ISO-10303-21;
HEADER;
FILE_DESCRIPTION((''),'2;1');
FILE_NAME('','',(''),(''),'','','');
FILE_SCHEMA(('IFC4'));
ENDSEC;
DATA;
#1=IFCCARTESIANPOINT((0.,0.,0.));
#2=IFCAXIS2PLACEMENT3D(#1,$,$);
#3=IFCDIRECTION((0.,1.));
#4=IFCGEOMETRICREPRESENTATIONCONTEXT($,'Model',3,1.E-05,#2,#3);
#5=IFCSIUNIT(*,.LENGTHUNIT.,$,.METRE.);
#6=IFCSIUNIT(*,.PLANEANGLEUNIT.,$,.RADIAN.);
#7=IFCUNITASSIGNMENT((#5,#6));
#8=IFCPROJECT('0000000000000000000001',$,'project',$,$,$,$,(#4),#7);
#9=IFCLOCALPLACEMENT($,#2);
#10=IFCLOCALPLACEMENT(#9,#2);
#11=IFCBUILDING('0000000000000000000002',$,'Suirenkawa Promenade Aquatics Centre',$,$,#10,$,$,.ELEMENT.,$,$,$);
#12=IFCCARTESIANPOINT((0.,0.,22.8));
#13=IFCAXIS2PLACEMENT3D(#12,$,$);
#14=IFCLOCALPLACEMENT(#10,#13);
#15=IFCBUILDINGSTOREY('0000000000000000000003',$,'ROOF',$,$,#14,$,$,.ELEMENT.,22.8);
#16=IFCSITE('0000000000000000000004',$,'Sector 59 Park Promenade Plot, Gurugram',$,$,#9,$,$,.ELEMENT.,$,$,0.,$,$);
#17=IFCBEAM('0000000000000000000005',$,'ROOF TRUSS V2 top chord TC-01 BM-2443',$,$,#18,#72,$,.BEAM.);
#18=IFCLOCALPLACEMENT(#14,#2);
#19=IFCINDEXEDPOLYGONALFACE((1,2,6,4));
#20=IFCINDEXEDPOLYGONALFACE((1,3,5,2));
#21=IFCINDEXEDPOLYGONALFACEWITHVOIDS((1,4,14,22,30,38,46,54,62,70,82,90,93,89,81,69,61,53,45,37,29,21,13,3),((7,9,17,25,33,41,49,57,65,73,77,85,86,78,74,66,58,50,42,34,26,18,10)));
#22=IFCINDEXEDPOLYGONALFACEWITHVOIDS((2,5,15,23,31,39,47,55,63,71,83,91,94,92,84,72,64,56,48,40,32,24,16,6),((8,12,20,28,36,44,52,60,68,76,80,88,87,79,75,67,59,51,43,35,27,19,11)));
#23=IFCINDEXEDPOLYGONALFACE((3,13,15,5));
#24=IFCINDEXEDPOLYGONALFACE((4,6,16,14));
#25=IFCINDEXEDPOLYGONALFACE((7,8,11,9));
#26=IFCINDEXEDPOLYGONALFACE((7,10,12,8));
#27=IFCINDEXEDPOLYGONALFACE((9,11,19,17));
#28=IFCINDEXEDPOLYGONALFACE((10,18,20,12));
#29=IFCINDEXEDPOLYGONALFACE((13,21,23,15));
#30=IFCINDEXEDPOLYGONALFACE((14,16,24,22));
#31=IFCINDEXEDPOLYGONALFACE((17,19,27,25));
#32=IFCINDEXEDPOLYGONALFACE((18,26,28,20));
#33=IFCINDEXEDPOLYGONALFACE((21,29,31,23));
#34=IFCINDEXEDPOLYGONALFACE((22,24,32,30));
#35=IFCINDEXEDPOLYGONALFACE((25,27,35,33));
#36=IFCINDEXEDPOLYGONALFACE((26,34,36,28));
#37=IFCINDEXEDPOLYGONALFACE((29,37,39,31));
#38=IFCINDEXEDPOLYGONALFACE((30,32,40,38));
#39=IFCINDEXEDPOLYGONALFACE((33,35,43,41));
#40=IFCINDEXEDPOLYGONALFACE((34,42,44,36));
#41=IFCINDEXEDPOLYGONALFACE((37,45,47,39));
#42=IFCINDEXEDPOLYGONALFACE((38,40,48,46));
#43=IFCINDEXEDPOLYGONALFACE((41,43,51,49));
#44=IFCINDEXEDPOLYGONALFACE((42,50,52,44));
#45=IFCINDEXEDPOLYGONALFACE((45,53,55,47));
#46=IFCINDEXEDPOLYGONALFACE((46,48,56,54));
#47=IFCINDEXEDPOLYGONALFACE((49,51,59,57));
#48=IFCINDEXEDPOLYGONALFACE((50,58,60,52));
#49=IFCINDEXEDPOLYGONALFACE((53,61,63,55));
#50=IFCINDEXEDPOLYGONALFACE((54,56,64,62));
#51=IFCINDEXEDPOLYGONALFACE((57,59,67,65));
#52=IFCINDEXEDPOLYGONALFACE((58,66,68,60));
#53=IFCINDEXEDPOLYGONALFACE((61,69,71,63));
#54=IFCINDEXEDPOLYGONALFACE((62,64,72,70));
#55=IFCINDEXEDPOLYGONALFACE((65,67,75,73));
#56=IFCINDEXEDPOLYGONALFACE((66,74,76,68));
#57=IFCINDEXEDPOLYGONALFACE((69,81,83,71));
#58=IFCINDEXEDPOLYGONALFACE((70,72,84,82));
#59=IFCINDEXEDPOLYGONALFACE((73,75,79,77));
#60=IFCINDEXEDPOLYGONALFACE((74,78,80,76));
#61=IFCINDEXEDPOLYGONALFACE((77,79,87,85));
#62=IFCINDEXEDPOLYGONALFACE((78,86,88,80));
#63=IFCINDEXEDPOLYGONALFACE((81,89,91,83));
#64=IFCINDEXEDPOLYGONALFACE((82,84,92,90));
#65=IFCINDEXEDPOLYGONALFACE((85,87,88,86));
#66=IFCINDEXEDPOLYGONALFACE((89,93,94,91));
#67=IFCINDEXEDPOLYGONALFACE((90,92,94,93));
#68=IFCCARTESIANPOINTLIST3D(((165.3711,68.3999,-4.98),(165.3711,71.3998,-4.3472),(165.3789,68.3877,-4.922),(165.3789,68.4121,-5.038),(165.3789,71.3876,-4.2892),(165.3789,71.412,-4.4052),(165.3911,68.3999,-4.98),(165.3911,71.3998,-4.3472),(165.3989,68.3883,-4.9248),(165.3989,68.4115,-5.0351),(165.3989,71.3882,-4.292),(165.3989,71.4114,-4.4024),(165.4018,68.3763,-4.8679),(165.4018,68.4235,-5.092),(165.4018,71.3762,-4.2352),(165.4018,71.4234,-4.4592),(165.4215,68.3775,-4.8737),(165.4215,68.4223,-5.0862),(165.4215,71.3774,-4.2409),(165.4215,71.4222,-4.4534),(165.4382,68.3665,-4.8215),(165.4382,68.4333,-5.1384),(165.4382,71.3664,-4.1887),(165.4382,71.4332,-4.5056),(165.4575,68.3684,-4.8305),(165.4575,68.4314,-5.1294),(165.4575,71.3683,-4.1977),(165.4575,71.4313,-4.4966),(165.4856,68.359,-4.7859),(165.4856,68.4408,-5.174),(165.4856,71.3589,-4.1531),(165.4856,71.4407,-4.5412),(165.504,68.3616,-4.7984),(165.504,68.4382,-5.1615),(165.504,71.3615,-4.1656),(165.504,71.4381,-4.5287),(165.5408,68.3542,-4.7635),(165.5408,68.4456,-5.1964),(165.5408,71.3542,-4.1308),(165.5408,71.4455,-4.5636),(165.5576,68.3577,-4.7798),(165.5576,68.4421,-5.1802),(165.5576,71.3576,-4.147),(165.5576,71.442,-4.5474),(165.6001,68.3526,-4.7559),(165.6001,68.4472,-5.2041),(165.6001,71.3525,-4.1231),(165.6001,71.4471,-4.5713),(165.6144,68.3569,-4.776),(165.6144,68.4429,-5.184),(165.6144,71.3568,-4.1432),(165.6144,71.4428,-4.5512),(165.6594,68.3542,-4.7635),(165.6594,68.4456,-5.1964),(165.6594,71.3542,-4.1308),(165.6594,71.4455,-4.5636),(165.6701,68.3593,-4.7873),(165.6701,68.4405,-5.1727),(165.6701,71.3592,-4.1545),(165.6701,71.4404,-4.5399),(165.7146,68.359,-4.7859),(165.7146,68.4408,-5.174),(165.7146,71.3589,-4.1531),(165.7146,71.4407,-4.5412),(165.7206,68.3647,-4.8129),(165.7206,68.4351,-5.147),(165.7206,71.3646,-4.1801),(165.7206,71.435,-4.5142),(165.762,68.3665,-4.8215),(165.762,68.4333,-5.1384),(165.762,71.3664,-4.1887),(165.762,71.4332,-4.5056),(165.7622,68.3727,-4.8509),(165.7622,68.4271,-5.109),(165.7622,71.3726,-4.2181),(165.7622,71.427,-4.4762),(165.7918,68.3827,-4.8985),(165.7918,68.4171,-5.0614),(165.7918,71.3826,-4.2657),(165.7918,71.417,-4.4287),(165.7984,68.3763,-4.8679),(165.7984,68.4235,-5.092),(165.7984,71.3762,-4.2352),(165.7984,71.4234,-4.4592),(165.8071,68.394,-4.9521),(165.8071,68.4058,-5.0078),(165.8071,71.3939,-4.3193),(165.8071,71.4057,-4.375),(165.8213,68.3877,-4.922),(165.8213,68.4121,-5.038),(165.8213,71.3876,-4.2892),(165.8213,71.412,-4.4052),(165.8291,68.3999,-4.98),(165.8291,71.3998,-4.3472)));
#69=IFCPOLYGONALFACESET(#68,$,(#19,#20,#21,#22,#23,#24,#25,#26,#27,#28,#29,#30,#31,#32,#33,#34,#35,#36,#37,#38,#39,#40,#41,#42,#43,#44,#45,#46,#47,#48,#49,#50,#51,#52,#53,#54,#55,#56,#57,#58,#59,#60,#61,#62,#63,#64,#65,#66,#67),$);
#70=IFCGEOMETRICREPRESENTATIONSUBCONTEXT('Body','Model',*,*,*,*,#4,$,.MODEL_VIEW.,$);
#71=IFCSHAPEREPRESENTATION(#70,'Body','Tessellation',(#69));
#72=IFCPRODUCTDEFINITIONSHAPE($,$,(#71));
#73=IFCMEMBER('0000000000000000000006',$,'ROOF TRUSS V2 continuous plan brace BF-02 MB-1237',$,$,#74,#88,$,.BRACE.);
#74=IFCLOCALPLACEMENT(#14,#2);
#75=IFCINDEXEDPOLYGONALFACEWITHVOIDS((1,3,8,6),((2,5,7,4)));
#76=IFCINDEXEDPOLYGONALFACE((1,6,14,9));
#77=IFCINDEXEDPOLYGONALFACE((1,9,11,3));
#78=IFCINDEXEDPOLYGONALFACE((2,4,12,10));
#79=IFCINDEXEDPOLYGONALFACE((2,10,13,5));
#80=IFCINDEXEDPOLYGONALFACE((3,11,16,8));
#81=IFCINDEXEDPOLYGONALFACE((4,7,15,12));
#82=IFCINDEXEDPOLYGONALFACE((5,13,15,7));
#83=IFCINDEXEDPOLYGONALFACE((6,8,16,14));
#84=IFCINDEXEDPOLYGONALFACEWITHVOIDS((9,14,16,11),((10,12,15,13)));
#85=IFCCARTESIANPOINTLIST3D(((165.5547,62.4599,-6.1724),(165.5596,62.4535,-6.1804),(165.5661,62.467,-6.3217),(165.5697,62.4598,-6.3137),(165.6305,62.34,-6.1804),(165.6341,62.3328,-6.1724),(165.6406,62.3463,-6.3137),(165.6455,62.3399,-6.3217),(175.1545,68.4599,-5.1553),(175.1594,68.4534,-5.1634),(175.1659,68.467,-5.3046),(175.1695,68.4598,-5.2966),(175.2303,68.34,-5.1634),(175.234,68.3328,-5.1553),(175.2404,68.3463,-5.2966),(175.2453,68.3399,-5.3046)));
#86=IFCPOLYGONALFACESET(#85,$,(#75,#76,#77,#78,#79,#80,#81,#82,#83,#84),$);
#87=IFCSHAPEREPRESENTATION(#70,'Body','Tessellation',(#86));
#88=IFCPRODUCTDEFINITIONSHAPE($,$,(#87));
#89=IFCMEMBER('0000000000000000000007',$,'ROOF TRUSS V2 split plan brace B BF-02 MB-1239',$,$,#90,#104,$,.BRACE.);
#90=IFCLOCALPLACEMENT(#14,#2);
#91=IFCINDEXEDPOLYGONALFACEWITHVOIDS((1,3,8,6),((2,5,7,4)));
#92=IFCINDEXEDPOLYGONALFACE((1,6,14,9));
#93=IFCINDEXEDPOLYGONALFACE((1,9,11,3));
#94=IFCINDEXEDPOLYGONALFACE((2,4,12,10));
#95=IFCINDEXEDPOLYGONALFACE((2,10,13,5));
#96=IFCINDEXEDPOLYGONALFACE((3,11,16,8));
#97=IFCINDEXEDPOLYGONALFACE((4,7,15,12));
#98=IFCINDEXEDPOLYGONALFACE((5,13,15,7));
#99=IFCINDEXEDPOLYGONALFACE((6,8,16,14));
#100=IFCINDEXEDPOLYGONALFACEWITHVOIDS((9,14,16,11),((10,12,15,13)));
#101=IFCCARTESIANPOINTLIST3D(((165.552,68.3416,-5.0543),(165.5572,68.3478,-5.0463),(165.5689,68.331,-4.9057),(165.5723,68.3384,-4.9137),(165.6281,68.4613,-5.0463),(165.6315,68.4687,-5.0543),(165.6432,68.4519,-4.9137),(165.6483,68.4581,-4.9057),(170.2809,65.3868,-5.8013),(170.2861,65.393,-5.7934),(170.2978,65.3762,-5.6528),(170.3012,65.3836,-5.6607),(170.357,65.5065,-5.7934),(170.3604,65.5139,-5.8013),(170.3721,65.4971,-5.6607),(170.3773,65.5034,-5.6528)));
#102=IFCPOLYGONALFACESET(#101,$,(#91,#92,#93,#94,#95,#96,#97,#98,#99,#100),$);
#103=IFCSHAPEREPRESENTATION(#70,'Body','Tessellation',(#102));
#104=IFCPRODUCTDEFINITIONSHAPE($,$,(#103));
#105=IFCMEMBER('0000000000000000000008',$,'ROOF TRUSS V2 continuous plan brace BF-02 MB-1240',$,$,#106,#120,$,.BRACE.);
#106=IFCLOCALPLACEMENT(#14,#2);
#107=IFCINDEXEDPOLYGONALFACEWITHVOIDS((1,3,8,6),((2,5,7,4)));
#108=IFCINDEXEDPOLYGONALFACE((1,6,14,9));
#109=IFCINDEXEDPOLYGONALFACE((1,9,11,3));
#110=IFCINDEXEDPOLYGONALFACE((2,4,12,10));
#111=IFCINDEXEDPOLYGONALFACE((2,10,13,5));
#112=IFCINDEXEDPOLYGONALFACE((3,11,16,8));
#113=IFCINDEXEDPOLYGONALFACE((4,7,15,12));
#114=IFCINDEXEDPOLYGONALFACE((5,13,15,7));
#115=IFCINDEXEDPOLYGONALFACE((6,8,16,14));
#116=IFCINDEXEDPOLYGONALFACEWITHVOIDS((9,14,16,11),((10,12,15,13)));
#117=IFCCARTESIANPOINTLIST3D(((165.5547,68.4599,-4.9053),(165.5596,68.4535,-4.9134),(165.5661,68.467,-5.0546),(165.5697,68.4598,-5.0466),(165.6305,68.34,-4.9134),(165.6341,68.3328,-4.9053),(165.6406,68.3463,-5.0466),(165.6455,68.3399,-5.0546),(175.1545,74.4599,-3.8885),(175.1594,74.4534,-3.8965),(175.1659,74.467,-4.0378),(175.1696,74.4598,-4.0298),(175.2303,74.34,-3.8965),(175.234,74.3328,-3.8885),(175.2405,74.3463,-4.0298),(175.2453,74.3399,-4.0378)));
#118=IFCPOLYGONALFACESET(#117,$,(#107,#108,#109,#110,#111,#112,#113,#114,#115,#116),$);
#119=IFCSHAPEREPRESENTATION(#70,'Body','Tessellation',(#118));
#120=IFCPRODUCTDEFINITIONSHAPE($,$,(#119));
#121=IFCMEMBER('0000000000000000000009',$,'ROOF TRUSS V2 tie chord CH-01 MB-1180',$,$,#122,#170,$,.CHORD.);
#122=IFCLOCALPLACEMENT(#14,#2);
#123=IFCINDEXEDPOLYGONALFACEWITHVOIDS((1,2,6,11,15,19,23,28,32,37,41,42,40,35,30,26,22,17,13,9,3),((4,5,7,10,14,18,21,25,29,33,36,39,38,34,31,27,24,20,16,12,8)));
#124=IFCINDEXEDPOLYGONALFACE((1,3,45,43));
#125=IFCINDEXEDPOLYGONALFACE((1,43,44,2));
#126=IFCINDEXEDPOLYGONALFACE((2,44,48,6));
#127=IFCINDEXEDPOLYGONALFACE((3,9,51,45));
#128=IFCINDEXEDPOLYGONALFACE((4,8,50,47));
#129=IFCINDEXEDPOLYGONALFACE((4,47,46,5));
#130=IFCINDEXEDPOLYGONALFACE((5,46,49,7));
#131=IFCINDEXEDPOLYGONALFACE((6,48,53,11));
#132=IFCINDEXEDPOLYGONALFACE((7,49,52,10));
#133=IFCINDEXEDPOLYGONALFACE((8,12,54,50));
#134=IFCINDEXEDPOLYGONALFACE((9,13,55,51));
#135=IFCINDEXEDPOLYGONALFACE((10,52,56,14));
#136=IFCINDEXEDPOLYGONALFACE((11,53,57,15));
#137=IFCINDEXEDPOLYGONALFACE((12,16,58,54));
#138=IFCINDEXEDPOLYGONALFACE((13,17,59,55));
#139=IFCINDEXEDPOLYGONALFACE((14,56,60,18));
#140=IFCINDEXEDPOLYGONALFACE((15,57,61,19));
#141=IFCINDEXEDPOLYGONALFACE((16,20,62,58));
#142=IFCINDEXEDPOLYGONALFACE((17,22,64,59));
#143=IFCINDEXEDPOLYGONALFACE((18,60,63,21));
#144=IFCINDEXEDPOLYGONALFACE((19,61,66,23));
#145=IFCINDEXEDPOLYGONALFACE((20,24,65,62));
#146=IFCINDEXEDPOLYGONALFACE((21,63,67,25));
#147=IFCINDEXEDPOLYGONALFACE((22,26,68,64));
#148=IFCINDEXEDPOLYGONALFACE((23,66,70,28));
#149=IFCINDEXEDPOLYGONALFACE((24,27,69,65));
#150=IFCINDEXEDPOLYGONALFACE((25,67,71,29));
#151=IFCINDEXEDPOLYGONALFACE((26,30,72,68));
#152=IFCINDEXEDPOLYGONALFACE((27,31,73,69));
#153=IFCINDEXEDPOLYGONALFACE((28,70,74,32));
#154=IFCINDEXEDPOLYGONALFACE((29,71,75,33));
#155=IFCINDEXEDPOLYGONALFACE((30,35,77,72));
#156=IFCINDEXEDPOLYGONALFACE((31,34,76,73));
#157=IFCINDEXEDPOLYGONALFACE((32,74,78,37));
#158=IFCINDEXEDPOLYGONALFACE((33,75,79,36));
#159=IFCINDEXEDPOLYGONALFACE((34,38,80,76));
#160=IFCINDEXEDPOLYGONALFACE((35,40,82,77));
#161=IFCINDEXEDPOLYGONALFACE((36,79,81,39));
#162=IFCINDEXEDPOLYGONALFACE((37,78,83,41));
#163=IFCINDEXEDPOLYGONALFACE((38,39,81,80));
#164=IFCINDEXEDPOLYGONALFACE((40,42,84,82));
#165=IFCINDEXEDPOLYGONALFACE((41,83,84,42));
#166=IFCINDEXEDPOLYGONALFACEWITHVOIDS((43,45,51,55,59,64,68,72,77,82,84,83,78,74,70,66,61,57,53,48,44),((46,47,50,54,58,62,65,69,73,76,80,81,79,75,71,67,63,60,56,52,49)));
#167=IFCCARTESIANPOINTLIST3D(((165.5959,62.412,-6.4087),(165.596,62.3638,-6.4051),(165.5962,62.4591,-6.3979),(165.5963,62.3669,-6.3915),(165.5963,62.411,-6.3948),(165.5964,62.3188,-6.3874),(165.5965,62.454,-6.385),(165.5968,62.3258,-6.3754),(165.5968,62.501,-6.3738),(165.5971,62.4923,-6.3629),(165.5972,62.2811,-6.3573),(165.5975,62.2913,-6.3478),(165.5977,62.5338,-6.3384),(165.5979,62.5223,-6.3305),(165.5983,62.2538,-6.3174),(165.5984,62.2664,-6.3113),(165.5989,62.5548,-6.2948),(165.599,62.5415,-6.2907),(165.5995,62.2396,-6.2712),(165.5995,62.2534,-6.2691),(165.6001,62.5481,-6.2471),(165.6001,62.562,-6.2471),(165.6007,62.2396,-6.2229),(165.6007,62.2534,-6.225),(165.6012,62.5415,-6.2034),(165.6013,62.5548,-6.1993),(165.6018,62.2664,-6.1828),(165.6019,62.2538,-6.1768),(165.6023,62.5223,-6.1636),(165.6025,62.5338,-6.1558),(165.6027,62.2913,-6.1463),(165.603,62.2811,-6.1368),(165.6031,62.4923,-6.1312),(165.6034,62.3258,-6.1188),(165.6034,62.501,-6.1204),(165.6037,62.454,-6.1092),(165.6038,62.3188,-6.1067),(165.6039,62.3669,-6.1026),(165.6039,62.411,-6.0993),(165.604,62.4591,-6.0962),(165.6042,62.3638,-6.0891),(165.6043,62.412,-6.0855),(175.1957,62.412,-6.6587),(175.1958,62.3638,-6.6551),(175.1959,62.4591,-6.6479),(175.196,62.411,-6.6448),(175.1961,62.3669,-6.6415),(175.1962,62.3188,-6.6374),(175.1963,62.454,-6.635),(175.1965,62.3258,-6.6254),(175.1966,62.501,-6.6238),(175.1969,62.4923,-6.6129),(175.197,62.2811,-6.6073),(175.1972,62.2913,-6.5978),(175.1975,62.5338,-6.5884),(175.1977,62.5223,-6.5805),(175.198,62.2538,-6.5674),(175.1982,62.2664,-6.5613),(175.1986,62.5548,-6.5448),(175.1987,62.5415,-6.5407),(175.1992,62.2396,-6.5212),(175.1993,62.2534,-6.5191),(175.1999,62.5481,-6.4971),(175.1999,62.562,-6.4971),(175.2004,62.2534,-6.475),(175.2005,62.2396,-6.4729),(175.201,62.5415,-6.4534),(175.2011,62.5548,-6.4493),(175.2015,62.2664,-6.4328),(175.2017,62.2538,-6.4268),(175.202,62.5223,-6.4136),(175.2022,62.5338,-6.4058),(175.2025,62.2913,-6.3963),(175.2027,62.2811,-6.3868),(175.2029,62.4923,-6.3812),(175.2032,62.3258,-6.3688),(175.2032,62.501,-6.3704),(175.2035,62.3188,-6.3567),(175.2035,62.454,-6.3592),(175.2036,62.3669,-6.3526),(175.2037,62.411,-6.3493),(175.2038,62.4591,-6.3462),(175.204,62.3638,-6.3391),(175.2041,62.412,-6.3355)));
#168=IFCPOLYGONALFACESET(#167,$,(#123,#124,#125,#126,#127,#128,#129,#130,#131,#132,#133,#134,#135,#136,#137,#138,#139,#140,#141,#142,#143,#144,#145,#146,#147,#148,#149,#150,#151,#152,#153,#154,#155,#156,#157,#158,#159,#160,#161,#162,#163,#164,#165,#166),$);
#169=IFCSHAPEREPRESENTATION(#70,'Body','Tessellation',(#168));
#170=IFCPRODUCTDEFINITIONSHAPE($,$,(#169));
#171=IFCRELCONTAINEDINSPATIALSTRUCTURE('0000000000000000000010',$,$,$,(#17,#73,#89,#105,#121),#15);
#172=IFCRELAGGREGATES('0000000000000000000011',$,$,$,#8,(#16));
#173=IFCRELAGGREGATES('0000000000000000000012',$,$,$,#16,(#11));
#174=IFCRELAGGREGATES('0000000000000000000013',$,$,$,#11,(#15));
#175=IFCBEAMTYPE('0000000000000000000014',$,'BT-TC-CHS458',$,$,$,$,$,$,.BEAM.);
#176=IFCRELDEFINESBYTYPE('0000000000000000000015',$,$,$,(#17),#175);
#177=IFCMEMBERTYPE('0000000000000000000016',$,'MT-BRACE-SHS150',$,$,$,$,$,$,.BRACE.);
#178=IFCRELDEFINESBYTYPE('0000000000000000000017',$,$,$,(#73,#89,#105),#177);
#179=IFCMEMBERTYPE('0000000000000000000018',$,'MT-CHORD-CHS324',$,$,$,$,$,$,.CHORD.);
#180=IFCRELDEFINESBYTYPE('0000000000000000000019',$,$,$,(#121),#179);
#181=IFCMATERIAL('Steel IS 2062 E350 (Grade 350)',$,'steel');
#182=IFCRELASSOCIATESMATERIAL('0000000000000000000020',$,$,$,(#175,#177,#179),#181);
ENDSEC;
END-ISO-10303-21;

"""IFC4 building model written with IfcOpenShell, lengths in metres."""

from ifc_helpers import new_model, si_unit, direction, frame, origin, origin_2d, place, context, subcontext, project, spatial, hollow_rectangle, hollow_circle, extrude, material, material_profile, profile_set, type_object, element, save


model = new_model("IFC4")

# Units and contexts
model_context = context("Model", 3, precision=1e-05, world=origin(), true_north=direction((0.0, 1.0)))
body_context = subcontext(model_context, "Body", "Model", "MODEL_VIEW")
ifc_project = project(units=[si_unit("LENGTHUNIT", "METRE"), si_unit("PLANEANGLEUNIT", "RADIAN")], contexts=[model_context])

# Site, building, storey
site_placement = place(None, origin())
site = spatial("IfcSite", under=ifc_project, at=site_placement, Name="Sector 59 Park Promenade Plot, Gurugram", CompositionType="ELEMENT", RefElevation=0.0)
building_placement = place(site_placement, origin())
building = spatial("IfcBuilding", under=site, at=building_placement, Name="Suirenkawa Promenade Aquatics Centre", CompositionType="ELEMENT")
storey_placement = place(building_placement, frame((0.0, 0.0, 22.8)))
storey = spatial("IfcBuildingStorey", under=building, at=storey_placement, Name="ROOF", CompositionType="ELEMENT", Elevation=22.8)

# Beam
ifc_material = material(Name="Steel IS 2062 E350 (Grade 350)", Category="steel")
ifc_material_profile_1 = material_profile(ifc_material, hollow_circle(Radius=0.229, WallThickness=0.02, at=origin_2d()), Name="CHS 458x20", Category="steel")
ifc_profile_set_1 = profile_set([ifc_material_profile_1], Name="Steel IS 2062 E350 (Grade 350)")
beam_type_1 = type_object("IfcBeamType", Name="BT-TC-CHS458", PredefinedType="BEAM", material=ifc_profile_set_1)
beam_1_placement = place(storey_placement, frame((165.6001, 68.3999, -4.98), z_axis=(0.0, 0.978469, 0.206396), x_axis=(-1.0, 0.0, 0.0)))
element("IfcBeam", 1, at=beam_1_placement, inside=storey, type_object=beam_type_1, Name="ROOF TRUSS V2 top chord TC-01 BM-2443", PredefinedType="BEAM", context=body_context, shape_type="SweptSolid", body=[
    extrude(hollow_circle(Radius=0.229, WallThickness=0.02, at=origin_2d()), origin(), (0.0, 0.0, 1.0), 3.0659),
])

# Members
ifc_material_profile_2 = material_profile(ifc_material, hollow_rectangle(XDim=0.1499, YDim=0.1499, WallThickness=0.0081, at=origin_2d()), Name="SHS 150x150x8", Category="steel")
ifc_profile_set_2 = profile_set([ifc_material_profile_2], Name="Steel IS 2062 E350 (Grade 350)")
member_type_1 = type_object("IfcMemberType", Name="MT-BRACE-SHS150", PredefinedType="BRACE", material=ifc_profile_set_2)
member_1_placement = place(storey_placement, frame((165.6001, 62.3999, -6.2471), z_axis=(0.844593, 0.527879, 0.089483), x_axis=(-0.530005, 0.847995, 0.0)))
element("IfcMember", 2, at=member_1_placement, inside=storey, type_object=member_type_1, Name="ROOF TRUSS V2 continuous plan brace BF-02 MB-1237", PredefinedType="BRACE", context=body_context, shape_type="SweptSolid", body=[
    extrude(hollow_rectangle(XDim=0.1499, YDim=0.1499, WallThickness=0.0081, at=origin_2d()), origin(), (0.0, 0.0, 1.0), 11.3662),
])
member_2_placement = place(storey_placement, frame((170.3291, 65.4451, -5.7271), z_axis=(-0.840552, 0.525204, 0.132787), x_axis=(-0.529897, -0.848062, 0.0)))
element("IfcMember", 3, at=member_2_placement, inside=storey, type_object=member_type_1, Name="ROOF TRUSS V2 split plan brace B BF-02 MB-1239", PredefinedType="BRACE", context=body_context, shape_type="SweptSolid", body=[
    extrude(hollow_rectangle(XDim=0.1499, YDim=0.1499, WallThickness=0.0081, at=origin_2d()), origin(), (0.0, 0.0, 1.0), 5.626),
])
member_3_placement = place(storey_placement, frame((165.6001, 68.3999, -4.98), z_axis=(0.844594, 0.52788, 0.089462), x_axis=(-0.530005, 0.847995, 0.0)))
element("IfcMember", 4, at=member_3_placement, inside=storey, type_object=member_type_1, Name="ROOF TRUSS V2 continuous plan brace BF-02 MB-1240", PredefinedType="BRACE", context=body_context, shape_type="SweptSolid", body=[
    extrude(hollow_rectangle(XDim=0.1499, YDim=0.1499, WallThickness=0.0081, at=origin_2d()), origin(), (0.0, 0.0, 1.0), 11.3662),
])
ifc_material_profile_3 = material_profile(ifc_material, hollow_circle(Radius=0.1621, WallThickness=0.0139, at=origin_2d()), Name="CHS 324x14", Category="steel")
ifc_profile_set_3 = profile_set([ifc_material_profile_3], Name="Steel IS 2062 E350 (Grade 350)")
member_type_2 = type_object("IfcMemberType", Name="MT-CHORD-CHS324", PredefinedType="CHORD", material=ifc_profile_set_3)
for number, where, z_axis, x_axis, name in (
    (5, (165.6001, 62.3999, -6.2471), (0.999661, 0.0, -0.026033), (0.0, 1.0, 0.0), "ROOF TRUSS V2 tie chord CH-01 MB-1180"),
):
    element("IfcMember", number, at=place(storey_placement, frame(where, z_axis=z_axis, x_axis=x_axis)), inside=storey, type_object=member_type_2, Name=name, PredefinedType="CHORD", context=body_context, shape_type="SweptSolid", body=[
        extrude(hollow_circle(Radius=0.1621, WallThickness=0.0139, at=origin_2d()), origin(), (0.0, 0.0, 1.0), 9.603),
    ])

save(model, "model.ifc")
